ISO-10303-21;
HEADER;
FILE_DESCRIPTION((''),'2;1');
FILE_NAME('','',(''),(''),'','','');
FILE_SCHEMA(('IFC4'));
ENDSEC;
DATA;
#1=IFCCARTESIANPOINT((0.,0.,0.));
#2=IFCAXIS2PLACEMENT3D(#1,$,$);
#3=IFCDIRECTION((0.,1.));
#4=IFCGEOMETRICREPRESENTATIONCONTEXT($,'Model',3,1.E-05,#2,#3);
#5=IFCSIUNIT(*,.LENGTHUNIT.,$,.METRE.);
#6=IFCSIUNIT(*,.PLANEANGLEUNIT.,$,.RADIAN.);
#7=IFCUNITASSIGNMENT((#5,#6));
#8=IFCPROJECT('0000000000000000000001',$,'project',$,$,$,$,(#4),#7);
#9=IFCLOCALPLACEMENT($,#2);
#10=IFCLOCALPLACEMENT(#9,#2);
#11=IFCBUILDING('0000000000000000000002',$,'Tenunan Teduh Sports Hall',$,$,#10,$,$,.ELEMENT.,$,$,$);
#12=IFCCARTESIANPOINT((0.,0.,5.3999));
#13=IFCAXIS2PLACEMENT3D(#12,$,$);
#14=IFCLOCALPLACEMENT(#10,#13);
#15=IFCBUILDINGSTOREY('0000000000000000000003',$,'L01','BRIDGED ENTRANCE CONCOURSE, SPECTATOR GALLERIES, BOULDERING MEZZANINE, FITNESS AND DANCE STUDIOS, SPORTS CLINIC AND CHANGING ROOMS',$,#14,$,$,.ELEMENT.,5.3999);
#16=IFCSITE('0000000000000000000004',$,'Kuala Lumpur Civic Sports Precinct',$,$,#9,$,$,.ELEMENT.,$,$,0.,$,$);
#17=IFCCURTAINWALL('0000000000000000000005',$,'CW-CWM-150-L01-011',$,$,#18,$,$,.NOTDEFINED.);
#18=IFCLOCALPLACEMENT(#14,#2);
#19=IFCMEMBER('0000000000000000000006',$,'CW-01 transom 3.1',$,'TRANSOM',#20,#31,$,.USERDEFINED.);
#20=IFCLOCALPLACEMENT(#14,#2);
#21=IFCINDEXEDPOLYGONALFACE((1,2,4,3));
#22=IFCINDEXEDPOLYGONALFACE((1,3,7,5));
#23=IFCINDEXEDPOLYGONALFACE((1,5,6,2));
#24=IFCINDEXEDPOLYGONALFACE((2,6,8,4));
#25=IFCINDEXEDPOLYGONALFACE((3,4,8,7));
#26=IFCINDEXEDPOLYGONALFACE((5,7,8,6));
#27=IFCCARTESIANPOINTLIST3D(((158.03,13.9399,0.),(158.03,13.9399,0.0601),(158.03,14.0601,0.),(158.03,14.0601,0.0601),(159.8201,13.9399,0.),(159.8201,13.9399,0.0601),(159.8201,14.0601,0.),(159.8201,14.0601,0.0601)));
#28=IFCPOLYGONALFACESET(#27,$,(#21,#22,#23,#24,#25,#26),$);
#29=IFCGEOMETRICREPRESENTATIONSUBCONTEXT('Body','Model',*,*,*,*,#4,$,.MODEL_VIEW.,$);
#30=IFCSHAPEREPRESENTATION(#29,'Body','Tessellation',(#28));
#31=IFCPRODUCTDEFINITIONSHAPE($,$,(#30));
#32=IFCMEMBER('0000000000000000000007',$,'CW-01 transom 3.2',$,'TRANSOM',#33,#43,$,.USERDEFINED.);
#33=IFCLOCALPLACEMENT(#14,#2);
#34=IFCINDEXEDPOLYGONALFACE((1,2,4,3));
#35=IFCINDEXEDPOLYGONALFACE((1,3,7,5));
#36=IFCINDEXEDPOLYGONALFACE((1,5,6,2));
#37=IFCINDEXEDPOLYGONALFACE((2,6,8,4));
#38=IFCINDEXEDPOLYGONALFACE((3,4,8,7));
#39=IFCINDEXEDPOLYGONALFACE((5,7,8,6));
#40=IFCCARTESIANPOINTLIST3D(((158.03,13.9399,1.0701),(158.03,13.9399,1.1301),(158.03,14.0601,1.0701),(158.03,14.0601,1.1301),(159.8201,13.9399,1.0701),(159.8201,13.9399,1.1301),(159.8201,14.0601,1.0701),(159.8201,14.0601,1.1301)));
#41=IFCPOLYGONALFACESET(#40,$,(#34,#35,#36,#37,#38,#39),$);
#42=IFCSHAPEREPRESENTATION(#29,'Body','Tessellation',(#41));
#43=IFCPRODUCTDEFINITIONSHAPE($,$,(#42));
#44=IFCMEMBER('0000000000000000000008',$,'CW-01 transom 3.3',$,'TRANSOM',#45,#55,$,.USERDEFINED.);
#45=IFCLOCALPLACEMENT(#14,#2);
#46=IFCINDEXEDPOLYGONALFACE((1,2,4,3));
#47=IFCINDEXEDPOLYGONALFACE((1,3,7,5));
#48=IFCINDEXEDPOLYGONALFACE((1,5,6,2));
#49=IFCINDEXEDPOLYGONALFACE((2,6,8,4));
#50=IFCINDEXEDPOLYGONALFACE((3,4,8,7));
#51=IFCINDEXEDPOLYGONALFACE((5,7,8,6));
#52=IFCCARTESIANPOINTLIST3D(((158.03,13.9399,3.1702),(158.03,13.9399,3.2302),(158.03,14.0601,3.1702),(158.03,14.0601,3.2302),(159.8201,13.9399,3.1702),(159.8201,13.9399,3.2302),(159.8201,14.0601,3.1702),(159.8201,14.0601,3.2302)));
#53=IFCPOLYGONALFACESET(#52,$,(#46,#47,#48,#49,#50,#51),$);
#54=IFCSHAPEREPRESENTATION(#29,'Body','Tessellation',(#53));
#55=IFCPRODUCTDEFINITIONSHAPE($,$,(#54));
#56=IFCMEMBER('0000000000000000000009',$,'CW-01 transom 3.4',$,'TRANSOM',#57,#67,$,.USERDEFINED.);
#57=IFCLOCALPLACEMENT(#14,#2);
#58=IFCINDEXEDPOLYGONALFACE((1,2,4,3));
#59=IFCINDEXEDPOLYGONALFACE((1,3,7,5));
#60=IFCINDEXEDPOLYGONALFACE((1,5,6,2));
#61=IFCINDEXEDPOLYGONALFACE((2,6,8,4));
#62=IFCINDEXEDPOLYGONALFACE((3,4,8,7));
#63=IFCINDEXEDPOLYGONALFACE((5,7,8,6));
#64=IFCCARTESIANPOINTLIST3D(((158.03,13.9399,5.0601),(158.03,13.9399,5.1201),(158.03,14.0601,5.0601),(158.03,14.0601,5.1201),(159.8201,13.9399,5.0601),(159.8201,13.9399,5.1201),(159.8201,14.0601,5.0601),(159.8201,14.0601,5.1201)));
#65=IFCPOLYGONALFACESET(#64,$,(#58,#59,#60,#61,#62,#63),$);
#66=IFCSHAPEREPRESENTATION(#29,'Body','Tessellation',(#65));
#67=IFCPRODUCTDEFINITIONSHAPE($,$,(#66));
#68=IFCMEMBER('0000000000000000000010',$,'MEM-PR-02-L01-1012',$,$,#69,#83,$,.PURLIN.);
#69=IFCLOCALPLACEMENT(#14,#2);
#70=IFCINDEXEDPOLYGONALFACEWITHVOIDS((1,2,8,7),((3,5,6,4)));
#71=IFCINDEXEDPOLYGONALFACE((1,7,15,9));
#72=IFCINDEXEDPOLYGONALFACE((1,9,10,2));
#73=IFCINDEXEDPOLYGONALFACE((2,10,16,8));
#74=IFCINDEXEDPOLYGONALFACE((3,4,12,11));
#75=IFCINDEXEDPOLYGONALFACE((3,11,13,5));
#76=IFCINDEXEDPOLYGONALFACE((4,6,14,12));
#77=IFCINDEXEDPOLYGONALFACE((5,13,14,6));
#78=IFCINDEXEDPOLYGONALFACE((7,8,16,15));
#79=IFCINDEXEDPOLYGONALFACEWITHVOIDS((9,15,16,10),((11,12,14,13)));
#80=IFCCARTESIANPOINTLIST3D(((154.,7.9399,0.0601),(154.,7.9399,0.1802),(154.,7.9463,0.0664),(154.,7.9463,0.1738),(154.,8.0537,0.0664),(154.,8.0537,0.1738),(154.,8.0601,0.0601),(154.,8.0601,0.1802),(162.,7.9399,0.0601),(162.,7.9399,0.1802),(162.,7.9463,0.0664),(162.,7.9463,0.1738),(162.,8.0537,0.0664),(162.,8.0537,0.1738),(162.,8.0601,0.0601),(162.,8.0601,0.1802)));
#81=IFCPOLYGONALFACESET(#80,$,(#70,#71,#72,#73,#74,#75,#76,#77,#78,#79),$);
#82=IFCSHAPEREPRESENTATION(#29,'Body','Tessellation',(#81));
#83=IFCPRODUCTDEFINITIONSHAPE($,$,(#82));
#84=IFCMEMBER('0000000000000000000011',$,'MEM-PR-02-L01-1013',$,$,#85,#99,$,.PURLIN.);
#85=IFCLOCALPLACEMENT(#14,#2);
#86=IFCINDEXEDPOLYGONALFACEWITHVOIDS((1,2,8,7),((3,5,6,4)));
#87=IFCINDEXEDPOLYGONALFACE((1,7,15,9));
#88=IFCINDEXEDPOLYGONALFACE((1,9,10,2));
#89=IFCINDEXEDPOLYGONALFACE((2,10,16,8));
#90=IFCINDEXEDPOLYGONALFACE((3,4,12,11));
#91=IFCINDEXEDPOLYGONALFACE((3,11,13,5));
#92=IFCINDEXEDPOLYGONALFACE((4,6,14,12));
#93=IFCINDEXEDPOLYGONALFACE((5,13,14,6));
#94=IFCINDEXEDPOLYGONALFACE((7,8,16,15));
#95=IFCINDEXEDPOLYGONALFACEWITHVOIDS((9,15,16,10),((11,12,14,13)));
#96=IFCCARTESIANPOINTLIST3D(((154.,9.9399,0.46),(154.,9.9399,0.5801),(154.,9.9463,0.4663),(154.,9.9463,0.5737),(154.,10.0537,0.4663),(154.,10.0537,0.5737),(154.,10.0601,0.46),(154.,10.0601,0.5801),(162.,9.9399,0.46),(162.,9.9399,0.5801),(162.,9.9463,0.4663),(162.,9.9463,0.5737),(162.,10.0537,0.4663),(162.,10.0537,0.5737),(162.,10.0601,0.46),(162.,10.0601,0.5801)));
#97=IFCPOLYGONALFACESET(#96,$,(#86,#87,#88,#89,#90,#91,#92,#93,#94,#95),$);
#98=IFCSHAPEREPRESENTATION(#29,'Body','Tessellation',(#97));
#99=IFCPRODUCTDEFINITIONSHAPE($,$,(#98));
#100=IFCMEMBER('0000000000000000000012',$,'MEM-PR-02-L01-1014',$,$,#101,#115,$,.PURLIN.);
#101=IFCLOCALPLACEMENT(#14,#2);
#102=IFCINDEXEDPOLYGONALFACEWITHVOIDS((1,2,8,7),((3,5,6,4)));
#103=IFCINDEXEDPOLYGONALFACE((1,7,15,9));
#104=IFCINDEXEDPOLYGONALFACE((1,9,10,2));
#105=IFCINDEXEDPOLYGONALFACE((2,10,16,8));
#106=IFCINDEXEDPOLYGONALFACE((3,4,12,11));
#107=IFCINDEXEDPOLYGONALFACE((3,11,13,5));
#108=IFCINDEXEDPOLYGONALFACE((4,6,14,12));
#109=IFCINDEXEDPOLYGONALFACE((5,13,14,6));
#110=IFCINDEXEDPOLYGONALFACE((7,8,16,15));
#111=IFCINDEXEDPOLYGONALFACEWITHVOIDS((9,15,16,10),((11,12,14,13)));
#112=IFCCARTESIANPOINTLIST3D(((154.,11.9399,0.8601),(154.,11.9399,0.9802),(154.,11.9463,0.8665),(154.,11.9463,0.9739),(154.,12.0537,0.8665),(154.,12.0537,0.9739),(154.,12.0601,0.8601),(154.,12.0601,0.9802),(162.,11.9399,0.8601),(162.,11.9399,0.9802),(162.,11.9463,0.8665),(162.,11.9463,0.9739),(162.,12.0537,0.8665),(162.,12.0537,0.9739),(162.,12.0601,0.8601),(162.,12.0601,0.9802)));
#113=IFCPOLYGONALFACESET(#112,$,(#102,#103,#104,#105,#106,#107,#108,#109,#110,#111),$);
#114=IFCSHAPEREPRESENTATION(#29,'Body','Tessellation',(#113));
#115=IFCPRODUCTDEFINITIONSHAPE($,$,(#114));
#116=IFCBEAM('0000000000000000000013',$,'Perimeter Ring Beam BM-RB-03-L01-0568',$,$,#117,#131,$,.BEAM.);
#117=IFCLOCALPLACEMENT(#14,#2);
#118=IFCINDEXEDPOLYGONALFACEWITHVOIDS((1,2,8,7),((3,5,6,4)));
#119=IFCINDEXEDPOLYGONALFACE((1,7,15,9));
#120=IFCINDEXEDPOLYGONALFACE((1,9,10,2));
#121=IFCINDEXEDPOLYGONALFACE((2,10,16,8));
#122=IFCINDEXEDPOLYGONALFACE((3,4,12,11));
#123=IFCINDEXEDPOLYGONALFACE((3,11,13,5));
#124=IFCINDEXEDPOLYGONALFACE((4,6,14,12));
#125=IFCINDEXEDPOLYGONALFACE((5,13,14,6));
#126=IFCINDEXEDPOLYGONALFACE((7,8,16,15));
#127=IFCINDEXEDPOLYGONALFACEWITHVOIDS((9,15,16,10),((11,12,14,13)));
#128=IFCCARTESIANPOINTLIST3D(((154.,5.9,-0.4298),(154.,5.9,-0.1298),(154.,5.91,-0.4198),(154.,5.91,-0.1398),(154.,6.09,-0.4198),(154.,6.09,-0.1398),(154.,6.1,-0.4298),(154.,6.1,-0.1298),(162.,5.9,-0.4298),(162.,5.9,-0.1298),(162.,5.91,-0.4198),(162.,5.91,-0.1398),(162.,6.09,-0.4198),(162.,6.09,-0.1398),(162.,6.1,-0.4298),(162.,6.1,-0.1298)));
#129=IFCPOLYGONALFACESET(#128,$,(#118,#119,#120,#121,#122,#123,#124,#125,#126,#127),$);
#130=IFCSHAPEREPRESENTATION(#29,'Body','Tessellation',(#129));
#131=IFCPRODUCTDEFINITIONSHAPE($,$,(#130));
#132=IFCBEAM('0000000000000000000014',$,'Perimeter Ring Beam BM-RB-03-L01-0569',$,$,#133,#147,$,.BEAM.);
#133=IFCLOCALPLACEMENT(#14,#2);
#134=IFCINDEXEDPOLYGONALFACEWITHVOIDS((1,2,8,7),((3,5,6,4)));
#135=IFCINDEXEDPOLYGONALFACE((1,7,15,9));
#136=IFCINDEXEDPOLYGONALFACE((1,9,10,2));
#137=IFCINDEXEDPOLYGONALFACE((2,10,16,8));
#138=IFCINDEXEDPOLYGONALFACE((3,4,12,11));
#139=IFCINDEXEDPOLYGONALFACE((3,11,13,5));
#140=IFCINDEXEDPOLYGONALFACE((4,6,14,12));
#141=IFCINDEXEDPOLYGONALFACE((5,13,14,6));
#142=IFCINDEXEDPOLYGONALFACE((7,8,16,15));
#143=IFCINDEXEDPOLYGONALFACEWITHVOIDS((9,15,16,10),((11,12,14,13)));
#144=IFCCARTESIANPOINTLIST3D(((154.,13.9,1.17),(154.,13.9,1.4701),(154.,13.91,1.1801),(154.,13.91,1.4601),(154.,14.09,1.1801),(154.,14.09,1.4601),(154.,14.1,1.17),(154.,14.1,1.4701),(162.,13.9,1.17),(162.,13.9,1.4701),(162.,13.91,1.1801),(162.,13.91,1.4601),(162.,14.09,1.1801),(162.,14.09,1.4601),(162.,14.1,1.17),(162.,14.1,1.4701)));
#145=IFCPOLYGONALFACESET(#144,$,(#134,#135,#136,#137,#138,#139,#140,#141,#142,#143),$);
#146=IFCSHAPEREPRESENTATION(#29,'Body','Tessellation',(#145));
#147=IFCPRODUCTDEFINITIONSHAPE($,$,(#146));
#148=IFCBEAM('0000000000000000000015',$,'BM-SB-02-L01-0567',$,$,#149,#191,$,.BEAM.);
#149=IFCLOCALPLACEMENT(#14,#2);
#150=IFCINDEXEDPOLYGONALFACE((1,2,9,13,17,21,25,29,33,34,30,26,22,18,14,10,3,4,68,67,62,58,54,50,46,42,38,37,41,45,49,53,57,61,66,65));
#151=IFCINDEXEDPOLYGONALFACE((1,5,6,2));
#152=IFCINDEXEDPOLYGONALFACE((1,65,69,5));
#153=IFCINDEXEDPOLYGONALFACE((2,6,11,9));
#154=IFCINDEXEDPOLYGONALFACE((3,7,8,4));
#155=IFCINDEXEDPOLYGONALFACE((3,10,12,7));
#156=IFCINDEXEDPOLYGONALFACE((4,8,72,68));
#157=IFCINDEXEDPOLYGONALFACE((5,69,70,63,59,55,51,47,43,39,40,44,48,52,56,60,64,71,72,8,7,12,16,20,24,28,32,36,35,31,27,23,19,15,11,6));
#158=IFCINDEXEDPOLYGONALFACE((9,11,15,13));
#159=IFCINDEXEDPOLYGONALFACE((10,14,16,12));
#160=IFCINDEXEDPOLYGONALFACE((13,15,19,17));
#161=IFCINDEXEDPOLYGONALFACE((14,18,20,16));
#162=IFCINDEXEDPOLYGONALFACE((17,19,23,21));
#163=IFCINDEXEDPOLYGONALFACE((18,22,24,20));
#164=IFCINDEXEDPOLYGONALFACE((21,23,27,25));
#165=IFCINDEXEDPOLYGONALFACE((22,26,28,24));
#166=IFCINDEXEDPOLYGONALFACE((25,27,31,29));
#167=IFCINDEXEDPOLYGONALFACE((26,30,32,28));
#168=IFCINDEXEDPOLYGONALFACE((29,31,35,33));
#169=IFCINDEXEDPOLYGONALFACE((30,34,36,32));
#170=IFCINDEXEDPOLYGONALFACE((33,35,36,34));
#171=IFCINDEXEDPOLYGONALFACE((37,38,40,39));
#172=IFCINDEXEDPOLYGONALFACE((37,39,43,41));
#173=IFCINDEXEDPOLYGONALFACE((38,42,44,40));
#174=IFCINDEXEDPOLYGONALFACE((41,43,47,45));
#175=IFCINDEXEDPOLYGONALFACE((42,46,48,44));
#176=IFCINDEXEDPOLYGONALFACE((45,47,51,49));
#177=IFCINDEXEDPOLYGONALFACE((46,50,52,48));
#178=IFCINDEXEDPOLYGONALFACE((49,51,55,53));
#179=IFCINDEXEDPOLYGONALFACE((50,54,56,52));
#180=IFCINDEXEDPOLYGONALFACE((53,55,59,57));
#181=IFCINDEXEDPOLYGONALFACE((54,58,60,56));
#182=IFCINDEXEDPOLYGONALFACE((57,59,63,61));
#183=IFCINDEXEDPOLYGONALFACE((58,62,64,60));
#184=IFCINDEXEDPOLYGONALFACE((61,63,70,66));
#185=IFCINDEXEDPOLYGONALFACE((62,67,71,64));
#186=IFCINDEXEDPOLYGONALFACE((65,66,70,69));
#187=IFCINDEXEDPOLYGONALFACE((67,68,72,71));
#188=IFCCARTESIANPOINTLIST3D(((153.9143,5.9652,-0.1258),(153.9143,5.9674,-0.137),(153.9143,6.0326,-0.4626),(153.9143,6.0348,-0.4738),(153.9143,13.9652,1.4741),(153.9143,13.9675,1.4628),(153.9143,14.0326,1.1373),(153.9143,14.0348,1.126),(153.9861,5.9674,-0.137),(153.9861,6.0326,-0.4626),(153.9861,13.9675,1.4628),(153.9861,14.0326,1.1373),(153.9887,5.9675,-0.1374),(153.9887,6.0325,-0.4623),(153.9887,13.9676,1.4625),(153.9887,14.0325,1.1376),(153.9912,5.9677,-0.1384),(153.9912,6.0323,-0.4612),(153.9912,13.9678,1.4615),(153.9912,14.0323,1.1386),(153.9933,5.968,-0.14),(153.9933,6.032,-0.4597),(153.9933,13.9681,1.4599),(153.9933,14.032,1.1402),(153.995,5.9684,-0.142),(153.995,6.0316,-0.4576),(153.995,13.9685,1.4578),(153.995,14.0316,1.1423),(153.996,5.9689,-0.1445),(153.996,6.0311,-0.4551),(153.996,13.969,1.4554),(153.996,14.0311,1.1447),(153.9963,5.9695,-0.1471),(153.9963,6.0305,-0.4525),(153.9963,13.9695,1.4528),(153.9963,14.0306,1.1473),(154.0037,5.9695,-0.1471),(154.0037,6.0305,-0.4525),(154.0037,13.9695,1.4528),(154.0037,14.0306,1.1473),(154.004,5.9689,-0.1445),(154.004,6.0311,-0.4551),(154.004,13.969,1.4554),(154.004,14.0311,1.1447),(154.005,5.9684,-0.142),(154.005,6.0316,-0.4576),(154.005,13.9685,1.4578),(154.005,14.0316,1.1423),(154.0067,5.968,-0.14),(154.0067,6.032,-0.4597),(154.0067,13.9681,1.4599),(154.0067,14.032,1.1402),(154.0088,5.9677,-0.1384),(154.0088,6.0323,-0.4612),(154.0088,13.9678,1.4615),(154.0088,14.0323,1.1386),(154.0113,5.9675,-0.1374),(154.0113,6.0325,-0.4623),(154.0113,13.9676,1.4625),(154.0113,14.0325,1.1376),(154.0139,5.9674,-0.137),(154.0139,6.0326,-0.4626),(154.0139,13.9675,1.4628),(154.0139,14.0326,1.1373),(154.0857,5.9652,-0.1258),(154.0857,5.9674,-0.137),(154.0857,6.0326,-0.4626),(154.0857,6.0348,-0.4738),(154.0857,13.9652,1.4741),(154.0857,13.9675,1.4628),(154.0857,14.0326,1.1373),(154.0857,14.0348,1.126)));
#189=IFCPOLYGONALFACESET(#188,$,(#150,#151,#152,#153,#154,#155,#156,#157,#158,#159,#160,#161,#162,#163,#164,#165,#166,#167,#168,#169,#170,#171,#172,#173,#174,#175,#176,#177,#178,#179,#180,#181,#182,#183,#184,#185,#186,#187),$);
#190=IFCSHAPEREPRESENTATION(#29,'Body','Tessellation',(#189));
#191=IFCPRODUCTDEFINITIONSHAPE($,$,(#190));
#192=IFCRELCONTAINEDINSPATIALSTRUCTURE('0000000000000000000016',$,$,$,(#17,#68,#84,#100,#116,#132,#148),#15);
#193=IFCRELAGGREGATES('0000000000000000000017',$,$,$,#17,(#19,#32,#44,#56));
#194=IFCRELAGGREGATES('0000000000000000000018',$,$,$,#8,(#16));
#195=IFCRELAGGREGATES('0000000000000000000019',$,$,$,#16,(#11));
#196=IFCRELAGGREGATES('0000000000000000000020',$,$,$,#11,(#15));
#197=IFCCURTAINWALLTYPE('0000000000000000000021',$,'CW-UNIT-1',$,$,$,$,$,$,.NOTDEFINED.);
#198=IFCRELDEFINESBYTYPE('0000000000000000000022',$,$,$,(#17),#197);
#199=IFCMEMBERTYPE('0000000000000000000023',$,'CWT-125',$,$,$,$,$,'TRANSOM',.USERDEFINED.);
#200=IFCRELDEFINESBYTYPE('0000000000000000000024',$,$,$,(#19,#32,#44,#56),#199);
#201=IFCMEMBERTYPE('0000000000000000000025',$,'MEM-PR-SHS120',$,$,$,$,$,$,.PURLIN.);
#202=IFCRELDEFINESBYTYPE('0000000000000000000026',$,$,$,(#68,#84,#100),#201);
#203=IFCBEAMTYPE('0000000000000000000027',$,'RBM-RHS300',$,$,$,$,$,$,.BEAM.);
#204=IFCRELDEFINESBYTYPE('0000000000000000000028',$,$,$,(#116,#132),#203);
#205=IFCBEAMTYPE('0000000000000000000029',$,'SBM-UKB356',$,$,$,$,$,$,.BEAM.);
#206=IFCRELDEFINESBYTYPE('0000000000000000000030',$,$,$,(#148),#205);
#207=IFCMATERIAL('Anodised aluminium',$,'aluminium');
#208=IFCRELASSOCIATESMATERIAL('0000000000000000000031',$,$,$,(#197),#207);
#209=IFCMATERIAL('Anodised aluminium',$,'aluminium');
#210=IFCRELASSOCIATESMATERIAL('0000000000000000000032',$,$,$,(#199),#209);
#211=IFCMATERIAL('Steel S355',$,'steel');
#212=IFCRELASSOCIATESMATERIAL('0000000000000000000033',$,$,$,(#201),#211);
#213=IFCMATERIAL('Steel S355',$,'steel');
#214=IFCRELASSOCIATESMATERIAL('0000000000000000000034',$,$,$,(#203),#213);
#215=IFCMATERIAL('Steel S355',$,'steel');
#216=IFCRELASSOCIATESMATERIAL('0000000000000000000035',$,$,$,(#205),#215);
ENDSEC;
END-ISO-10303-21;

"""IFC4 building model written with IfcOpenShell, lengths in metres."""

from ifc_helpers import new_model, si_unit, direction, frame, origin, origin_2d, place, context, subcontext, project, spatial, rectangle, hollow_rectangle, i_section, extrude, material, material_profile, profile_set, type_object, element, aggregate, save


model = new_model("IFC4")

# Units and contexts
model_context = context("Model", 3, precision=1e-05, world=origin(), true_north=direction((0.0, 1.0)))
body_context = subcontext(model_context, "Body", "Model", "MODEL_VIEW")
ifc_project = project(units=[si_unit("LENGTHUNIT", "METRE"), si_unit("PLANEANGLEUNIT", "RADIAN")], contexts=[model_context])

# Site, building, storey
site_placement = place(None, origin())
site = spatial("IfcSite", under=ifc_project, at=site_placement, Name="Kuala Lumpur Civic Sports Precinct", CompositionType="ELEMENT", RefElevation=0.0)
building_placement = place(site_placement, origin())
building = spatial("IfcBuilding", under=site, at=building_placement, Name="Tenunan Teduh Sports Hall", CompositionType="ELEMENT")
storey_placement = place(building_placement, frame((0.0, 0.0, 5.3999)))
storey = spatial("IfcBuildingStorey", under=building, at=storey_placement, Name="L01", Description="BRIDGED ENTRANCE CONCOURSE, SPECTATOR GALLERIES, BOULDERING MEZZANINE, FITNESS AND DANCE STUDIOS, SPORTS CLINIC AND CHANGING ROOMS", CompositionType="ELEMENT", Elevation=5.3999)

# Curtain wall
ifc_material_1 = material(Name="Anodised aluminium", Category="aluminium")
curtain_wall_type = type_object("IfcCurtainWallType", Name="CW-UNIT-1", PredefinedType="NOTDEFINED", material=ifc_material_1)
curtain_wall_1_placement = place(storey_placement, origin())
curtain_wall_1 = element("IfcCurtainWall", 1, at=curtain_wall_1_placement, inside=storey, type_object=curtain_wall_type, Name="CW-CWM-150-L01-011", PredefinedType="NOTDEFINED")

# Members
ifc_material_2 = material(Name="Anodised aluminium", Category="aluminium")
ifc_material_profile_1 = material_profile(ifc_material_2, rectangle(XDim=0.0601, YDim=0.1201, at=origin_2d()), Name="CWT 60x120")
ifc_profile_set_1 = profile_set([ifc_material_profile_1], Name="Anodised aluminium")
member_type_1 = type_object("IfcMemberType", Name="CWT-125", ElementType="TRANSOM", PredefinedType="USERDEFINED", material=ifc_profile_set_1)
member_1_placement = place(storey_placement, frame((158.03, 14.0, 0.03), z_axis=(1.0, 0.0, 0.0), x_axis=(0.0, 0.0, 1.0)))
member_1 = element("IfcMember", 2, at=member_1_placement, type_object=member_type_1, Name="CW-01 transom 3.1", ObjectType="TRANSOM", PredefinedType="USERDEFINED", context=body_context, shape_type="SweptSolid", body=[
    extrude(rectangle(XDim=0.0601, YDim=0.1201, at=origin_2d()), origin(), (0.0, 0.0, 1.0), 1.79),
])
member_2_placement = place(storey_placement, frame((158.03, 14.0, 1.1001), z_axis=(1.0, 0.0, 0.0), x_axis=(0.0, 0.0, 1.0)))
member_2 = element("IfcMember", 3, at=member_2_placement, type_object=member_type_1, Name="CW-01 transom 3.2", ObjectType="TRANSOM", PredefinedType="USERDEFINED", context=body_context, shape_type="SweptSolid", body=[
    extrude(rectangle(XDim=0.0601, YDim=0.1201, at=origin_2d()), origin(), (0.0, 0.0, 1.0), 1.79),
])
member_3_placement = place(storey_placement, frame((158.03, 14.0, 3.2002), z_axis=(1.0, 0.0, 0.0), x_axis=(0.0, 0.0, 1.0)))
member_3 = element("IfcMember", 4, at=member_3_placement, type_object=member_type_1, Name="CW-01 transom 3.3", ObjectType="TRANSOM", PredefinedType="USERDEFINED", context=body_context, shape_type="SweptSolid", body=[
    extrude(rectangle(XDim=0.0601, YDim=0.1201, at=origin_2d()), origin(), (0.0, 0.0, 1.0), 1.79),
])
member_4_placement = place(storey_placement, frame((158.03, 14.0, 5.0901), z_axis=(1.0, 0.0, 0.0), x_axis=(0.0, 0.0, 1.0)))
member_4 = element("IfcMember", 5, at=member_4_placement, type_object=member_type_1, Name="CW-01 transom 3.4", ObjectType="TRANSOM", PredefinedType="USERDEFINED", context=body_context, shape_type="SweptSolid", body=[
    extrude(rectangle(XDim=0.0601, YDim=0.1201, at=origin_2d()), origin(), (0.0, 0.0, 1.0), 1.79),
])

# Members
ifc_material_3 = material(Name="Steel S355", Category="steel")
ifc_material_profile_2 = material_profile(ifc_material_3, hollow_rectangle(XDim=0.1201, YDim=0.1201, WallThickness=0.0063, at=origin_2d()), Name="SHS 120x120x6.3")
ifc_profile_set_2 = profile_set([ifc_material_profile_2], Name="Steel S355")
member_type_2 = type_object("IfcMemberType", Name="MEM-PR-SHS120", PredefinedType="PURLIN", material=ifc_profile_set_2)
for number, where, z_axis, x_axis, name in (
    (6, (154.0, 8.0, 0.1201), (1.0, 0.0, 0.0), (0.0, 1.0, 0.0), "MEM-PR-02-L01-1012"),
    (7, (154.0, 10.0, 0.52), (1.0, 0.0, 0.0), (0.0, 1.0, 0.0), "MEM-PR-02-L01-1013"),
    (8, (154.0, 12.0, 0.9202), (1.0, 0.0, 0.0), (0.0, 1.0, 0.0), "MEM-PR-02-L01-1014"),
):
    element("IfcMember", number, at=place(storey_placement, frame(where, z_axis=z_axis, x_axis=x_axis)), inside=storey, type_object=member_type_2, Name=name, PredefinedType="PURLIN", context=body_context, shape_type="SweptSolid", body=[
        extrude(hollow_rectangle(XDim=0.1201, YDim=0.1201, WallThickness=0.0063, at=origin_2d()), origin(), (0.0, 0.0, 1.0), 8.0),
    ])

# Beams
ifc_material_4 = material(Name="Steel S355", Category="steel")
ifc_material_profile_3 = material_profile(ifc_material_4, hollow_rectangle(XDim=0.2, YDim=0.3, WallThickness=0.01, at=origin_2d()), Name="RHS 300x200x10.0")
ifc_profile_set_3 = profile_set([ifc_material_profile_3], Name="Steel S355")
beam_type_1 = type_object("IfcBeamType", Name="RBM-RHS300", PredefinedType="BEAM", material=ifc_profile_set_3)
for number, where, z_axis, x_axis, name in (
    (9, (154.0, 6.0, -0.2798), (1.0, 0.0, 0.0), (0.0, 1.0, 0.0), "Perimeter Ring Beam BM-RB-03-L01-0568"),
    (10, (154.0, 14.0, 1.3201), (1.0, 0.0, 0.0), (0.0, 1.0, 0.0), "Perimeter Ring Beam BM-RB-03-L01-0569"),
):
    element("IfcBeam", number, at=place(storey_placement, frame(where, z_axis=z_axis, x_axis=x_axis)), inside=storey, type_object=beam_type_1, Name=name, PredefinedType="BEAM", context=body_context, shape_type="SweptSolid", body=[
        extrude(hollow_rectangle(XDim=0.2, YDim=0.3, WallThickness=0.01, at=origin_2d()), origin(), (0.0, 0.0, 1.0), 8.0),
    ])
ifc_material_5 = material(Name="Steel S355", Category="steel")
ifc_material_profile_4 = material_profile(ifc_material_5, i_section(OverallWidth=0.1714, OverallDepth=0.355, WebThickness=0.0073, FlangeThickness=0.0115, FilletRadius=0.0103, at=origin_2d()), Name="UKB 356x171x51")
ifc_profile_set_4 = profile_set([ifc_material_profile_4], Name="Steel S355")
beam_type_2 = type_object("IfcBeamType", Name="SBM-UKB356", PredefinedType="BEAM", material=ifc_profile_set_4)
beam_placement = place(storey_placement, frame((154.0, 6.0, -0.2998), z_axis=(0.0, 0.980584, 0.196099), x_axis=(-1.0, 0.0, 0.0)))
element("IfcBeam", 11, at=beam_placement, inside=storey, type_object=beam_type_2, Name="BM-SB-02-L01-0567", PredefinedType="BEAM", context=body_context, shape_type="SweptSolid", body=[
    extrude(i_section(OverallWidth=0.1714, OverallDepth=0.355, WebThickness=0.0073, FlangeThickness=0.0115, FilletRadius=0.0103, at=origin_2d()), origin(), (0.0, 0.0, 1.0), 8.1584),
])

aggregate(curtain_wall_1, [member_1, member_2, member_3, member_4])

save(model, "model.ifc")
